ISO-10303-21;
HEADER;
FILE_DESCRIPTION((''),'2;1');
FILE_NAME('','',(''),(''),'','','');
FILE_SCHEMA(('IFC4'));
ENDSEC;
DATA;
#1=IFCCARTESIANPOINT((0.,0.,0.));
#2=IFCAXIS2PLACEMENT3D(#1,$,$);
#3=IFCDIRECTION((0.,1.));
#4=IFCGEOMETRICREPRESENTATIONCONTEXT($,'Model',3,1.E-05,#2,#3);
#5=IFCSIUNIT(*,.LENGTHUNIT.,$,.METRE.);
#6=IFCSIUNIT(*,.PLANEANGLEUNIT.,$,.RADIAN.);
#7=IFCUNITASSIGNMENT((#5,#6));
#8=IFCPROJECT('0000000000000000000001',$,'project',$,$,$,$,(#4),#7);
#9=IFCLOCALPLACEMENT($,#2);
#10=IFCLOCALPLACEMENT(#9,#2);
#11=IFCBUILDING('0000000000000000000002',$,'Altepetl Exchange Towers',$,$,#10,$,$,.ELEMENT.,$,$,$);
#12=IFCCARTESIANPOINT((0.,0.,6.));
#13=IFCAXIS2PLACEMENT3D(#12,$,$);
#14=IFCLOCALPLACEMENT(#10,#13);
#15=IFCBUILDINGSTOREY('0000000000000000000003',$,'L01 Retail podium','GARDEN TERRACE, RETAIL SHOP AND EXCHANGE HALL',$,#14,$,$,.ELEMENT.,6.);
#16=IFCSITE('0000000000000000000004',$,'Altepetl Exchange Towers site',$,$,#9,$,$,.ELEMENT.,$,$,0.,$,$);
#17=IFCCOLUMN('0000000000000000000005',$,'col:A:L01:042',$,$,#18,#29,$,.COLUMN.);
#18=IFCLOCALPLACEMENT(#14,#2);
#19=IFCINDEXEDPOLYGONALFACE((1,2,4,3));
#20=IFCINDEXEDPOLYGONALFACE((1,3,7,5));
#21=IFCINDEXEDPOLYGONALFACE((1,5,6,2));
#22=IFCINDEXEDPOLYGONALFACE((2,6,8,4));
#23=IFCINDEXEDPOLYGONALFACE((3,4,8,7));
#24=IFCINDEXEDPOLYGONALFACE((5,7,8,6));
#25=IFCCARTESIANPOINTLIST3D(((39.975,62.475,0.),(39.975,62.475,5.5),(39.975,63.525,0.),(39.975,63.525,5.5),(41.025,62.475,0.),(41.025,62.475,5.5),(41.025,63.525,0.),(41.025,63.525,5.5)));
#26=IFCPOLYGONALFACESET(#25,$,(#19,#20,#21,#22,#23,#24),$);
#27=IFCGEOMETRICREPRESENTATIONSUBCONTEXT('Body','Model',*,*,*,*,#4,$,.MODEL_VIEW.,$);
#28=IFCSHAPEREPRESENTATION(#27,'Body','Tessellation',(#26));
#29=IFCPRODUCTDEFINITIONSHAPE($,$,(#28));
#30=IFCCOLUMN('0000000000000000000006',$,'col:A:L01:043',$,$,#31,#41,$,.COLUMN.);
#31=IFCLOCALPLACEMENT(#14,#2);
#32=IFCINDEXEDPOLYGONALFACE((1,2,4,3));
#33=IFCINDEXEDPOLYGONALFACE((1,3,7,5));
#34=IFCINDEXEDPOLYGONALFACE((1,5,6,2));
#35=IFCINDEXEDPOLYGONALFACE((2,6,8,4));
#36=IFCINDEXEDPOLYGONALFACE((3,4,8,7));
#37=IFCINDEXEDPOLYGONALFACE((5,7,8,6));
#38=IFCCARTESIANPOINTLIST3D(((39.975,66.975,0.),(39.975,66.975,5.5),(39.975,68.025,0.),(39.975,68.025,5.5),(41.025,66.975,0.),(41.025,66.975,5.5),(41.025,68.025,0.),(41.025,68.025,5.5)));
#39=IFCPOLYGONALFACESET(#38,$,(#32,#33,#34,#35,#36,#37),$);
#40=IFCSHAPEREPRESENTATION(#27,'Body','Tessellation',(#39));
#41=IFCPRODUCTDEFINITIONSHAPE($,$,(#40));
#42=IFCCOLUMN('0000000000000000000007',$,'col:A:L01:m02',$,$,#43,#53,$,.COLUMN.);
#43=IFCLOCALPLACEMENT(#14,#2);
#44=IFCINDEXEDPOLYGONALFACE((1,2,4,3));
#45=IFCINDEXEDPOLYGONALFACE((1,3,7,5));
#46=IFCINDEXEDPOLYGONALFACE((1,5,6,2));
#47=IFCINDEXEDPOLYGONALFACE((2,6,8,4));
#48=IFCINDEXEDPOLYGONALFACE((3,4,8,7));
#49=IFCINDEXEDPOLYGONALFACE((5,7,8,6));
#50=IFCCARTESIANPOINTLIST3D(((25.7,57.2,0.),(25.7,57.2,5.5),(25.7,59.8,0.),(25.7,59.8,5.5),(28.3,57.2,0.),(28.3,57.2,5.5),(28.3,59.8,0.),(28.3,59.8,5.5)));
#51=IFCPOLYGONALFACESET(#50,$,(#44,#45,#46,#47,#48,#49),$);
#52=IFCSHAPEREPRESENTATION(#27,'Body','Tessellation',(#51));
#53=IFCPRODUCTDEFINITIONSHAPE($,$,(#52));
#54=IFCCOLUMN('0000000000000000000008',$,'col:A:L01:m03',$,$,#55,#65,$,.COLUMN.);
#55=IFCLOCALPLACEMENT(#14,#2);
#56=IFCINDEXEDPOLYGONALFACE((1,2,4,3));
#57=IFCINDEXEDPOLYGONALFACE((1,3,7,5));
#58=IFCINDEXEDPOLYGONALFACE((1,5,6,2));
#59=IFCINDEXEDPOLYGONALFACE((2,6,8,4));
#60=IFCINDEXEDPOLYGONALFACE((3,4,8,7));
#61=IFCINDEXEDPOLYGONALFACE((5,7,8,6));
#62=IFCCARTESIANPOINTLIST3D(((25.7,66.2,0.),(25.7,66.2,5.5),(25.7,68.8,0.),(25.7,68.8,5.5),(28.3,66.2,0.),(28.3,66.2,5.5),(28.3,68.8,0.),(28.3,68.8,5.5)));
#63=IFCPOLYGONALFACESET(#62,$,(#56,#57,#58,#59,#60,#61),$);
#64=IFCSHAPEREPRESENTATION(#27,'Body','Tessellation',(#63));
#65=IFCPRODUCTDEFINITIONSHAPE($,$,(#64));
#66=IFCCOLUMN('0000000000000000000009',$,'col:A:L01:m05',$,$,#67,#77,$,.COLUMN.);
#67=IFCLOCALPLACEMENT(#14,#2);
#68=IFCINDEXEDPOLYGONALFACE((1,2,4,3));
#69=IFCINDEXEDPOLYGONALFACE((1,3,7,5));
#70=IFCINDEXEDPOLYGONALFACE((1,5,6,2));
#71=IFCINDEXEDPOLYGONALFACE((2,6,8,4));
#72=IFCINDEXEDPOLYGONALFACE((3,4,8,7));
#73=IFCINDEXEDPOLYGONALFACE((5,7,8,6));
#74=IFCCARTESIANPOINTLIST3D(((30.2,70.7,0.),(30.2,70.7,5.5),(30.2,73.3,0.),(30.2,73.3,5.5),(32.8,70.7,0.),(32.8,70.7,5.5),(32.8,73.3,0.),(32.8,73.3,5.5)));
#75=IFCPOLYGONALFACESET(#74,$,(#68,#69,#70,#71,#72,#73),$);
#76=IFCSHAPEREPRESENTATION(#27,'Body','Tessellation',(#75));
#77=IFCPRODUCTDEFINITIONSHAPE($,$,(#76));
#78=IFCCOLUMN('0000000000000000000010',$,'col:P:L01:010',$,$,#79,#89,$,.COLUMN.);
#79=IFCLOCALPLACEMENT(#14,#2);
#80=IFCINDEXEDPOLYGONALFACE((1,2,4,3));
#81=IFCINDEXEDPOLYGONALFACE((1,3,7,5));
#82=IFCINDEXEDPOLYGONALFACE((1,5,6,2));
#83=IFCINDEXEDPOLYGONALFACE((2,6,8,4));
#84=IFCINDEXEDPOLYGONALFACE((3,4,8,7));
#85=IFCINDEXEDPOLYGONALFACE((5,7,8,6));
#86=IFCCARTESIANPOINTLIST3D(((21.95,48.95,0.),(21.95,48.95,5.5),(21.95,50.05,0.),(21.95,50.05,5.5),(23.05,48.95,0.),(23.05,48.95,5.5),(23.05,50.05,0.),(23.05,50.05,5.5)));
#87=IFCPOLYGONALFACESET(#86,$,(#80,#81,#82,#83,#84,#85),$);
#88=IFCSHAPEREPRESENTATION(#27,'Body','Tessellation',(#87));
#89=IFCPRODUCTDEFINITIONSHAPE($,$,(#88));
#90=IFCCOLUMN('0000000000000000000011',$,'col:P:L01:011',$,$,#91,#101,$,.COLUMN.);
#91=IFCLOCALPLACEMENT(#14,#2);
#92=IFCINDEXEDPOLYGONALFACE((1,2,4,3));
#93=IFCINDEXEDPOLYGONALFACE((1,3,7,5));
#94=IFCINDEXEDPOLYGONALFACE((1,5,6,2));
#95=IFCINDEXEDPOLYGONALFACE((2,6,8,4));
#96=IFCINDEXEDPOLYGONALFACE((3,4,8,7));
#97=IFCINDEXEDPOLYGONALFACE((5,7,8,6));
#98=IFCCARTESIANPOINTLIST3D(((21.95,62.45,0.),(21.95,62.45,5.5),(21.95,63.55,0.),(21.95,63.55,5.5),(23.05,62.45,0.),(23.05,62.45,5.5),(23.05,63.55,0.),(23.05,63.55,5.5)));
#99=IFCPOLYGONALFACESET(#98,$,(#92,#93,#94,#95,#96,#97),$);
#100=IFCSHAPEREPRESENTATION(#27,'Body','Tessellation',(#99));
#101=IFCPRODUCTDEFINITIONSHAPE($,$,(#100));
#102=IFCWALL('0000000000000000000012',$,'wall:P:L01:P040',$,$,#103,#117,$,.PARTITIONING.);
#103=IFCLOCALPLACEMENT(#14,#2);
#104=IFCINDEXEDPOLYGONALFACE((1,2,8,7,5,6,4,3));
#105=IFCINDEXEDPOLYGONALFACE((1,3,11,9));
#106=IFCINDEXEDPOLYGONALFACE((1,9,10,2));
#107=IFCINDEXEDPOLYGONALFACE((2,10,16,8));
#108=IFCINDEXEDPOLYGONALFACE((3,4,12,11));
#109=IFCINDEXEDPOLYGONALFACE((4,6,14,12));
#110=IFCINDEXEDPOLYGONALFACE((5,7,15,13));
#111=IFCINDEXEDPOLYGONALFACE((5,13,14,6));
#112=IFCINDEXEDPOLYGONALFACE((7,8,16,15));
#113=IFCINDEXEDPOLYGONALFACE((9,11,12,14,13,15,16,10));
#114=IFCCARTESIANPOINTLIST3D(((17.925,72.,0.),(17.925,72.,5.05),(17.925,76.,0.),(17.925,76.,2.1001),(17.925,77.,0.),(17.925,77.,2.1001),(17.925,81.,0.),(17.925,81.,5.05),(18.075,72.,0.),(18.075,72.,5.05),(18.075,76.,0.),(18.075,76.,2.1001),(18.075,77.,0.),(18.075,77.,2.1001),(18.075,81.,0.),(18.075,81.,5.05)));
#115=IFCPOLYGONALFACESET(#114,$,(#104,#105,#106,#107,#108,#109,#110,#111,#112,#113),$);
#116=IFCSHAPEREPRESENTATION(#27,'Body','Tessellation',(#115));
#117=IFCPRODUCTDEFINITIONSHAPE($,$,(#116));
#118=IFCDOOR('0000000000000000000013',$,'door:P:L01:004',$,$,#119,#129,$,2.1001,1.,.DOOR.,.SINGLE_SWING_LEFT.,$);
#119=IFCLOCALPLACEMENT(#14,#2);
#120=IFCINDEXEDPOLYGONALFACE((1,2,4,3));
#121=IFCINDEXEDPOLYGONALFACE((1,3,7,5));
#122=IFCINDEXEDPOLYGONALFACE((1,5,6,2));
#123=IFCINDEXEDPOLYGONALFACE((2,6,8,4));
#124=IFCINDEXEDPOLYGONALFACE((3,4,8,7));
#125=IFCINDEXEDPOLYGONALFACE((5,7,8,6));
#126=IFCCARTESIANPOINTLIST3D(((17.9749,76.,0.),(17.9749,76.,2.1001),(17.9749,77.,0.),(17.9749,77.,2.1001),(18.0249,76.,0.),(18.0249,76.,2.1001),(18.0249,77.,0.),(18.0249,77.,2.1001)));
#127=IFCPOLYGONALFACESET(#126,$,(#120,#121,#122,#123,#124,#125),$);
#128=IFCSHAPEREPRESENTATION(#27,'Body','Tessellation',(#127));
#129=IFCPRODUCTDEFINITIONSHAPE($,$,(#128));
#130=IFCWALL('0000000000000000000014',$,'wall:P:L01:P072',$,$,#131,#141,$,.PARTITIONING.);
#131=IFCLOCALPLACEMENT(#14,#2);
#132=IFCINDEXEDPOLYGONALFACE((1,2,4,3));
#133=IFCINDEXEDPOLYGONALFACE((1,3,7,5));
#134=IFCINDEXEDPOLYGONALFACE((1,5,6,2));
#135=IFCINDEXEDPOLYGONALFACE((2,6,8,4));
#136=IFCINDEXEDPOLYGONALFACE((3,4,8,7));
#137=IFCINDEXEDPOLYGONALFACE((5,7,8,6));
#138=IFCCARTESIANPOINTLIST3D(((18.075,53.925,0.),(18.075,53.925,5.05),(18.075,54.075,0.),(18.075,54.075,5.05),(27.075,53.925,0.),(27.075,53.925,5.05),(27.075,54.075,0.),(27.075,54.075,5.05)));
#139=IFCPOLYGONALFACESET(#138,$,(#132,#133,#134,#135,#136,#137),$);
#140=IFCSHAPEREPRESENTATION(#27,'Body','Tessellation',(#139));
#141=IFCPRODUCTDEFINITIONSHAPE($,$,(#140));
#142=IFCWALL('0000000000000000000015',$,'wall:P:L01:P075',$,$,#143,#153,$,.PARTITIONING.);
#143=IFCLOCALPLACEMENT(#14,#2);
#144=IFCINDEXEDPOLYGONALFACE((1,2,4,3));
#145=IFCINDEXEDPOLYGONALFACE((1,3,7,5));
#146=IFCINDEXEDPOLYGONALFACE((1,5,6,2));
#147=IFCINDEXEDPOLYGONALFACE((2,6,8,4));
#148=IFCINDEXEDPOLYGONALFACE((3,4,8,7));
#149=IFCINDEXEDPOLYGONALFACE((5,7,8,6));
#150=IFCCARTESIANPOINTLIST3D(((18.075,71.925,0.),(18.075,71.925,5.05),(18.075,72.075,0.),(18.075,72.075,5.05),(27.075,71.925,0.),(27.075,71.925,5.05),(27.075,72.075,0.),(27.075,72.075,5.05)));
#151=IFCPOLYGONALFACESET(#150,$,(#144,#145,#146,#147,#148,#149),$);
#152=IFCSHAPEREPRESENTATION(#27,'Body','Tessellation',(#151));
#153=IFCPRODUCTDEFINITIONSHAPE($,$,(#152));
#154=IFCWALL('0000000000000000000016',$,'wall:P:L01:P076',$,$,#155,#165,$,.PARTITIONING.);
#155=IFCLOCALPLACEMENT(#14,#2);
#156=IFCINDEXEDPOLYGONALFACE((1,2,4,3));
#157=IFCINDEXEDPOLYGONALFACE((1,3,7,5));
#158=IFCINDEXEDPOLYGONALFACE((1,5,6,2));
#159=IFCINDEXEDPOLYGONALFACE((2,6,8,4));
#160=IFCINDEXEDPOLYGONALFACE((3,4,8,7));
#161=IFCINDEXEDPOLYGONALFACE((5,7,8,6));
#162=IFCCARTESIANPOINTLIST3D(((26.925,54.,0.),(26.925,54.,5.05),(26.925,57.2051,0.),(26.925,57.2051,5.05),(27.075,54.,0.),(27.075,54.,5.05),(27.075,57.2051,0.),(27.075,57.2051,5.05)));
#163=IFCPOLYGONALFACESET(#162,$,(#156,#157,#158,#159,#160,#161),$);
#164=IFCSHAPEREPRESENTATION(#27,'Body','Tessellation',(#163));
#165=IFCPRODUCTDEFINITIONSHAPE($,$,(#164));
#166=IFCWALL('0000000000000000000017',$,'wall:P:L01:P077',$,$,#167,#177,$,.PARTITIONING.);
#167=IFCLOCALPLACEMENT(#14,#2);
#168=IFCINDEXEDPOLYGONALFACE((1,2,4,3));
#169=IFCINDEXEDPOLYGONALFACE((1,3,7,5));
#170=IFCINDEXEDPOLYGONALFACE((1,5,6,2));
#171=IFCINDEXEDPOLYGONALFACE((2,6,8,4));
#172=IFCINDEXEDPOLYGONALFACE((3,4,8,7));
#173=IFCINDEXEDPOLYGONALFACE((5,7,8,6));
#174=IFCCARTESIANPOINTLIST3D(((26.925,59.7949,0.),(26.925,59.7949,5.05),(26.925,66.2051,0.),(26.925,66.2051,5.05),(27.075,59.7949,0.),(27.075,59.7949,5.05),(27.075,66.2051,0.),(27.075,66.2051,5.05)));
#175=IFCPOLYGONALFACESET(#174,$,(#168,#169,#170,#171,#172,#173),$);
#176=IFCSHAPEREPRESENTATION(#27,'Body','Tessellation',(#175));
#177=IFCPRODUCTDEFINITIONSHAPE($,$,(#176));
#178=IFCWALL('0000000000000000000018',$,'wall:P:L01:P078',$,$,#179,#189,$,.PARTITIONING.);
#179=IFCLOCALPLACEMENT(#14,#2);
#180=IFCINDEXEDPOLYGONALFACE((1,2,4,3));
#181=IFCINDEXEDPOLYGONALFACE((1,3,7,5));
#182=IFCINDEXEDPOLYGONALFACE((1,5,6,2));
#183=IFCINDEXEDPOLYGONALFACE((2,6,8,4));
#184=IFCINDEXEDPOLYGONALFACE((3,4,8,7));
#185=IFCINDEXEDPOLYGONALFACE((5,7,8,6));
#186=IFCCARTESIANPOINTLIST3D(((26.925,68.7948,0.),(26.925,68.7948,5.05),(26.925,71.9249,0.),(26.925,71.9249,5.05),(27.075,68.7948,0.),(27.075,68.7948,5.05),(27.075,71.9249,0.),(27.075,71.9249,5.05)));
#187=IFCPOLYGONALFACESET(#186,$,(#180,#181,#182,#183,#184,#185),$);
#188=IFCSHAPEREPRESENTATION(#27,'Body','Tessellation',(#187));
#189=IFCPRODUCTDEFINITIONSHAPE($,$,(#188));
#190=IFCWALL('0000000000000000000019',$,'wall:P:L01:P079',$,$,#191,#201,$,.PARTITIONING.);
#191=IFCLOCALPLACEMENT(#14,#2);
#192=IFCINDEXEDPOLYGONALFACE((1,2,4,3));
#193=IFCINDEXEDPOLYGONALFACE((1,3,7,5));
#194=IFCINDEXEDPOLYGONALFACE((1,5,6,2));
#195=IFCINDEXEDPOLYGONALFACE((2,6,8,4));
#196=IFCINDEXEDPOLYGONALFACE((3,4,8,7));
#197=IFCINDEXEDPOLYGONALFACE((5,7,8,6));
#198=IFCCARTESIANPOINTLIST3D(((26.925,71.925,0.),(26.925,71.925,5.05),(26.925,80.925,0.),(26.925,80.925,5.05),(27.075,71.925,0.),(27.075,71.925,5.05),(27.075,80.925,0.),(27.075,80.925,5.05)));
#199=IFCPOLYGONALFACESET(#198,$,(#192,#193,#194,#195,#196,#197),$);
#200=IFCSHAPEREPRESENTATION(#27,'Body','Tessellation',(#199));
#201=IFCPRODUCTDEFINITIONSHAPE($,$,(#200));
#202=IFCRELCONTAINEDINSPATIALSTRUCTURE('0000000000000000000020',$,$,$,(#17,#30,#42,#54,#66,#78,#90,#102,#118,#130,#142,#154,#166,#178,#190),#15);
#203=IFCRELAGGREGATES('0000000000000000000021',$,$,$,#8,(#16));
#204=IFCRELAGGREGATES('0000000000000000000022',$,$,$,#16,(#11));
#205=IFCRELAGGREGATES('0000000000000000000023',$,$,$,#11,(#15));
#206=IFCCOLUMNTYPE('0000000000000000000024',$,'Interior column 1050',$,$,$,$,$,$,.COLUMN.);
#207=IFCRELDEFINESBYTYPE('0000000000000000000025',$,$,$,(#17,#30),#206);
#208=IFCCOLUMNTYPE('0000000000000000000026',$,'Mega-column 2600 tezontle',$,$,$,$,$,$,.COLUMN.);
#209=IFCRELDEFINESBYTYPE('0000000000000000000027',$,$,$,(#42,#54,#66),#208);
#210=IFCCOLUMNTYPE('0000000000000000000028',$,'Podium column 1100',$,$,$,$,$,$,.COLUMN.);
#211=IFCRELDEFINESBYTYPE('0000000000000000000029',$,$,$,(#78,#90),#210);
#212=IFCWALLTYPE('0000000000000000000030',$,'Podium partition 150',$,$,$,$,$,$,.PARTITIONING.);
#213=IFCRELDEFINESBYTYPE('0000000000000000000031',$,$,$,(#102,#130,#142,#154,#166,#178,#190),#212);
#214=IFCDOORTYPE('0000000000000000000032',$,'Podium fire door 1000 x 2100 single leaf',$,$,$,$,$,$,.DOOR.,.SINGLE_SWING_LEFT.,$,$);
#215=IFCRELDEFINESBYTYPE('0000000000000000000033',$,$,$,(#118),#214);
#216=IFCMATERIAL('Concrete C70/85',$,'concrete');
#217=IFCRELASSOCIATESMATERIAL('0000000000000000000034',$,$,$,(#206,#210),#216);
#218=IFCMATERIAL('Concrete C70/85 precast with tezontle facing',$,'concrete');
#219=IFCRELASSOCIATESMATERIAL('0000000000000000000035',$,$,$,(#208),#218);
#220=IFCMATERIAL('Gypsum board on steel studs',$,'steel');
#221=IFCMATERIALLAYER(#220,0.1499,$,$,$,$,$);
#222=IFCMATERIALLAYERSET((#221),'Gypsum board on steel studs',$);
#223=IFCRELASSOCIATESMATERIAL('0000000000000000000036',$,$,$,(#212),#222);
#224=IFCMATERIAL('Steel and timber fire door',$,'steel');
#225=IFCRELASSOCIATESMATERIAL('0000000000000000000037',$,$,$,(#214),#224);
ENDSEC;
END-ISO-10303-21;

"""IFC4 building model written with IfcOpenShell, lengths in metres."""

from ifc_helpers import new_model, si_unit, direction, frame, frame_2d, origin, origin_2d, place, context, subcontext, project, spatial, rectangle, extrude, material, layer, layer_set, material_profile, profile_set, type_object, element, fill, save


model = new_model("IFC4")

# Units and contexts
model_context = context("Model", 3, precision=1e-05, world=origin(), true_north=direction((0.0, 1.0)))
body_context = subcontext(model_context, "Body", "Model", "MODEL_VIEW")
ifc_project = project(units=[si_unit("LENGTHUNIT", "METRE"), si_unit("PLANEANGLEUNIT", "RADIAN")], contexts=[model_context])

# Site, building, storey
site_placement = place(None, origin())
site = spatial("IfcSite", under=ifc_project, at=site_placement, Name="Altepetl Exchange Towers site", CompositionType="ELEMENT", RefElevation=0.0)
building_placement = place(site_placement, origin())
building = spatial("IfcBuilding", under=site, at=building_placement, Name="Altepetl Exchange Towers", CompositionType="ELEMENT")
storey_placement = place(building_placement, frame((0.0, 0.0, 6.0)))
storey = spatial("IfcBuildingStorey", under=building, at=storey_placement, Name="L01 Retail podium", Description="GARDEN TERRACE, RETAIL SHOP AND EXCHANGE HALL", CompositionType="ELEMENT", Elevation=6.0)

# Columns
ifc_material_1 = material(Name="Concrete C70/85", Category="concrete")
ifc_material_profile_1 = material_profile(ifc_material_1, rectangle(XDim=1.05, YDim=1.05, at=origin_2d()), Name="1050 x 1050")
ifc_profile_set_1 = profile_set([ifc_material_profile_1], Name="Concrete C70/85")
column_type_1 = type_object("IfcColumnType", Name="Interior column 1050", PredefinedType="COLUMN", material=ifc_profile_set_1)
for number, where, name in (
    (1, (40.5, 63.0, 0.0), "col:A:L01:042"),
    (2, (40.5, 67.5, 0.0), "col:A:L01:043"),
):
    element("IfcColumn", number, at=place(storey_placement, frame(where)), inside=storey, type_object=column_type_1, Name=name, PredefinedType="COLUMN", context=body_context, shape_type="SweptSolid", body=[
        extrude(rectangle(XDim=1.05, YDim=1.05, at=origin_2d()), origin(), (0.0, 0.0, 1.0), 5.5),
    ])
ifc_material_2 = material(Name="Concrete C70/85 precast with tezontle facing", Category="concrete")
ifc_material_profile_2 = material_profile(ifc_material_2, rectangle(XDim=2.6001, YDim=2.6001, at=origin_2d()), Name="2600 x 2600")
ifc_profile_set_2 = profile_set([ifc_material_profile_2], Name="Concrete C70/85 precast with tezontle facing")
column_type_2 = type_object("IfcColumnType", Name="Mega-column 2600 tezontle", PredefinedType="COLUMN", material=ifc_profile_set_2)
for number, where, name in (
    (3, (27.0, 58.5, 0.0), "col:A:L01:m02"),
    (4, (27.0, 67.5, 0.0), "col:A:L01:m03"),
    (5, (31.5, 72.0, 0.0), "col:A:L01:m05"),
):
    element("IfcColumn", number, at=place(storey_placement, frame(where)), inside=storey, type_object=column_type_2, Name=name, PredefinedType="COLUMN", context=body_context, shape_type="SweptSolid", body=[
        extrude(rectangle(XDim=2.6001, YDim=2.6001, at=origin_2d()), origin(), (0.0, 0.0, 1.0), 5.5),
    ])
ifc_material_profile_3 = material_profile(ifc_material_1, rectangle(XDim=1.1001, YDim=1.1001, at=origin_2d()), Name="1100 x 1100")
ifc_profile_set_3 = profile_set([ifc_material_profile_3], Name="Concrete C70/85")
column_type_3 = type_object("IfcColumnType", Name="Podium column 1100", PredefinedType="COLUMN", material=ifc_profile_set_3)
for number, where, name in (
    (6, (22.5, 49.5, 0.0), "col:P:L01:010"),
    (7, (22.5, 63.0, 0.0), "col:P:L01:011"),
):
    element("IfcColumn", number, at=place(storey_placement, frame(where)), inside=storey, type_object=column_type_3, Name=name, PredefinedType="COLUMN", context=body_context, shape_type="SweptSolid", body=[
        extrude(rectangle(XDim=1.1001, YDim=1.1001, at=origin_2d()), origin(), (0.0, 0.0, 1.0), 5.5),
    ])

# Wall, opening, door
ifc_material_3 = material(Name="Gypsum board on steel studs", Category="steel")
ifc_layer_1 = layer(ifc_material_3, 0.1499)
ifc_layer_set_1 = layer_set([ifc_layer_1], Name="Gypsum board on steel studs")
wall_type_1 = type_object("IfcWallType", Name="Podium partition 150", PredefinedType="PARTITIONING", material=ifc_layer_set_1)
wall_1_placement = place(storey_placement, frame((18.0, 72.0, 0.0), z_axis=(0.0, 0.0, 1.0), x_axis=(0.0, 1.0, 0.0)))
wall_1 = element("IfcWall", 8, at=wall_1_placement, inside=storey, type_object=wall_type_1, Name="wall:P:L01:P040", PredefinedType="PARTITIONING", context=body_context, shape_type="SweptSolid", body=[
    extrude(rectangle(XDim=9.0, YDim=0.1499, at=frame_2d((4.5, 0.0))), origin(), (0.0, 0.0, 1.0), 5.05),
])
opening_1_placement = place(wall_1_placement, frame((4.0, 0.0, 0.0)))
opening_1 = element("IfcOpeningElement", 9, at=opening_1_placement, cuts=wall_1, PredefinedType="OPENING", context=body_context, shape_type="SweptSolid", body=[
    extrude(rectangle(XDim=1.0, YDim=2.1001, at=frame_2d((0.5, 1.05))), frame((0.0, 0.085, 0.0), z_axis=(0.0, -1.0, 0.0), x_axis=(1.0, 0.0, 0.0)), (0.0, 0.0, 1.0), 0.1699),
])
ifc_material_4 = material(Name="Steel and timber fire door", Category="steel")
door_type_1 = type_object("IfcDoorType", Name="Podium fire door 1000 x 2100 single leaf", OperationType="SINGLE_SWING_LEFT", PredefinedType="DOOR", material=ifc_material_4)
door_1_placement = place(opening_1_placement, frame((1.0, 0.0, 0.0), x_axis=(-1.0, 0.0, 0.0)))
door_1 = element("IfcDoor", 10, at=door_1_placement, inside=storey, type_object=door_type_1, Name="door:P:L01:004", OperationType="SINGLE_SWING_LEFT", OverallHeight=2.1001, OverallWidth=1.0, PredefinedType="DOOR", context=body_context, shape_type="SweptSolid", body=[
    extrude(rectangle(XDim=1.0, YDim=2.1001, at=frame_2d((0.5, 1.05))), frame((0.0, 0.0249, 0.0), z_axis=(0.0, -1.0, 0.0), x_axis=(1.0, 0.0, 0.0)), (0.0, 0.0, 1.0), 0.05),
])
fill(opening_1, door_1)

# Walls
for number, where, name in (
    (11, (18.075, 54.0, 0.0), "wall:P:L01:P072"),
    (12, (18.075, 72.0, 0.0), "wall:P:L01:P075"),
):
    element("IfcWall", number, at=place(storey_placement, frame(where)), inside=storey, type_object=wall_type_1, Name=name, PredefinedType="PARTITIONING", context=body_context, shape_type="SweptSolid", body=[
        extrude(rectangle(XDim=9.0, YDim=0.1499, at=frame_2d((4.5, 0.0))), origin(), (0.0, 0.0, 1.0), 5.05),
    ])
wall_2_placement = place(storey_placement, frame((27.0, 54.0, 0.0), z_axis=(0.0, 0.0, 1.0), x_axis=(0.0, 1.0, 0.0)))
element("IfcWall", 13, at=wall_2_placement, inside=storey, type_object=wall_type_1, Name="wall:P:L01:P076", PredefinedType="PARTITIONING", context=body_context, shape_type="SweptSolid", body=[
    extrude(rectangle(XDim=3.2051, YDim=0.1499, at=frame_2d((1.6025, 0.0))), origin(), (0.0, 0.0, 1.0), 5.05),
])
wall_3_placement = place(storey_placement, frame((27.0, 59.7949, 0.0), z_axis=(0.0, 0.0, 1.0), x_axis=(0.0, 1.0, 0.0)))
element("IfcWall", 14, at=wall_3_placement, inside=storey, type_object=wall_type_1, Name="wall:P:L01:P077", PredefinedType="PARTITIONING", context=body_context, shape_type="SweptSolid", body=[
    extrude(rectangle(XDim=6.4102, YDim=0.1499, at=frame_2d((3.2051, 0.0))), origin(), (0.0, 0.0, 1.0), 5.05),
])
wall_4_placement = place(storey_placement, frame((27.0, 68.7949, 0.0), z_axis=(0.0, 0.0, 1.0), x_axis=(0.0, 1.0, 0.0)))
element("IfcWall", 15, at=wall_4_placement, inside=storey, type_object=wall_type_1, Name="wall:P:L01:P078", PredefinedType="PARTITIONING", context=body_context, shape_type="SweptSolid", body=[
    extrude(rectangle(XDim=3.1301, YDim=0.1499, at=frame_2d((1.5649, 0.0))), origin(), (0.0, 0.0, 1.0), 5.05),
])
wall_5_placement = place(storey_placement, frame((27.0, 71.925, 0.0), z_axis=(0.0, 0.0, 1.0), x_axis=(0.0, 1.0, 0.0)))
element("IfcWall", 16, at=wall_5_placement, inside=storey, type_object=wall_type_1, Name="wall:P:L01:P079", PredefinedType="PARTITIONING", context=body_context, shape_type="SweptSolid", body=[
    extrude(rectangle(XDim=9.0, YDim=0.1499, at=frame_2d((4.5, 0.0))), origin(), (0.0, 0.0, 1.0), 5.05),
])

save(model, "model.ifc")
